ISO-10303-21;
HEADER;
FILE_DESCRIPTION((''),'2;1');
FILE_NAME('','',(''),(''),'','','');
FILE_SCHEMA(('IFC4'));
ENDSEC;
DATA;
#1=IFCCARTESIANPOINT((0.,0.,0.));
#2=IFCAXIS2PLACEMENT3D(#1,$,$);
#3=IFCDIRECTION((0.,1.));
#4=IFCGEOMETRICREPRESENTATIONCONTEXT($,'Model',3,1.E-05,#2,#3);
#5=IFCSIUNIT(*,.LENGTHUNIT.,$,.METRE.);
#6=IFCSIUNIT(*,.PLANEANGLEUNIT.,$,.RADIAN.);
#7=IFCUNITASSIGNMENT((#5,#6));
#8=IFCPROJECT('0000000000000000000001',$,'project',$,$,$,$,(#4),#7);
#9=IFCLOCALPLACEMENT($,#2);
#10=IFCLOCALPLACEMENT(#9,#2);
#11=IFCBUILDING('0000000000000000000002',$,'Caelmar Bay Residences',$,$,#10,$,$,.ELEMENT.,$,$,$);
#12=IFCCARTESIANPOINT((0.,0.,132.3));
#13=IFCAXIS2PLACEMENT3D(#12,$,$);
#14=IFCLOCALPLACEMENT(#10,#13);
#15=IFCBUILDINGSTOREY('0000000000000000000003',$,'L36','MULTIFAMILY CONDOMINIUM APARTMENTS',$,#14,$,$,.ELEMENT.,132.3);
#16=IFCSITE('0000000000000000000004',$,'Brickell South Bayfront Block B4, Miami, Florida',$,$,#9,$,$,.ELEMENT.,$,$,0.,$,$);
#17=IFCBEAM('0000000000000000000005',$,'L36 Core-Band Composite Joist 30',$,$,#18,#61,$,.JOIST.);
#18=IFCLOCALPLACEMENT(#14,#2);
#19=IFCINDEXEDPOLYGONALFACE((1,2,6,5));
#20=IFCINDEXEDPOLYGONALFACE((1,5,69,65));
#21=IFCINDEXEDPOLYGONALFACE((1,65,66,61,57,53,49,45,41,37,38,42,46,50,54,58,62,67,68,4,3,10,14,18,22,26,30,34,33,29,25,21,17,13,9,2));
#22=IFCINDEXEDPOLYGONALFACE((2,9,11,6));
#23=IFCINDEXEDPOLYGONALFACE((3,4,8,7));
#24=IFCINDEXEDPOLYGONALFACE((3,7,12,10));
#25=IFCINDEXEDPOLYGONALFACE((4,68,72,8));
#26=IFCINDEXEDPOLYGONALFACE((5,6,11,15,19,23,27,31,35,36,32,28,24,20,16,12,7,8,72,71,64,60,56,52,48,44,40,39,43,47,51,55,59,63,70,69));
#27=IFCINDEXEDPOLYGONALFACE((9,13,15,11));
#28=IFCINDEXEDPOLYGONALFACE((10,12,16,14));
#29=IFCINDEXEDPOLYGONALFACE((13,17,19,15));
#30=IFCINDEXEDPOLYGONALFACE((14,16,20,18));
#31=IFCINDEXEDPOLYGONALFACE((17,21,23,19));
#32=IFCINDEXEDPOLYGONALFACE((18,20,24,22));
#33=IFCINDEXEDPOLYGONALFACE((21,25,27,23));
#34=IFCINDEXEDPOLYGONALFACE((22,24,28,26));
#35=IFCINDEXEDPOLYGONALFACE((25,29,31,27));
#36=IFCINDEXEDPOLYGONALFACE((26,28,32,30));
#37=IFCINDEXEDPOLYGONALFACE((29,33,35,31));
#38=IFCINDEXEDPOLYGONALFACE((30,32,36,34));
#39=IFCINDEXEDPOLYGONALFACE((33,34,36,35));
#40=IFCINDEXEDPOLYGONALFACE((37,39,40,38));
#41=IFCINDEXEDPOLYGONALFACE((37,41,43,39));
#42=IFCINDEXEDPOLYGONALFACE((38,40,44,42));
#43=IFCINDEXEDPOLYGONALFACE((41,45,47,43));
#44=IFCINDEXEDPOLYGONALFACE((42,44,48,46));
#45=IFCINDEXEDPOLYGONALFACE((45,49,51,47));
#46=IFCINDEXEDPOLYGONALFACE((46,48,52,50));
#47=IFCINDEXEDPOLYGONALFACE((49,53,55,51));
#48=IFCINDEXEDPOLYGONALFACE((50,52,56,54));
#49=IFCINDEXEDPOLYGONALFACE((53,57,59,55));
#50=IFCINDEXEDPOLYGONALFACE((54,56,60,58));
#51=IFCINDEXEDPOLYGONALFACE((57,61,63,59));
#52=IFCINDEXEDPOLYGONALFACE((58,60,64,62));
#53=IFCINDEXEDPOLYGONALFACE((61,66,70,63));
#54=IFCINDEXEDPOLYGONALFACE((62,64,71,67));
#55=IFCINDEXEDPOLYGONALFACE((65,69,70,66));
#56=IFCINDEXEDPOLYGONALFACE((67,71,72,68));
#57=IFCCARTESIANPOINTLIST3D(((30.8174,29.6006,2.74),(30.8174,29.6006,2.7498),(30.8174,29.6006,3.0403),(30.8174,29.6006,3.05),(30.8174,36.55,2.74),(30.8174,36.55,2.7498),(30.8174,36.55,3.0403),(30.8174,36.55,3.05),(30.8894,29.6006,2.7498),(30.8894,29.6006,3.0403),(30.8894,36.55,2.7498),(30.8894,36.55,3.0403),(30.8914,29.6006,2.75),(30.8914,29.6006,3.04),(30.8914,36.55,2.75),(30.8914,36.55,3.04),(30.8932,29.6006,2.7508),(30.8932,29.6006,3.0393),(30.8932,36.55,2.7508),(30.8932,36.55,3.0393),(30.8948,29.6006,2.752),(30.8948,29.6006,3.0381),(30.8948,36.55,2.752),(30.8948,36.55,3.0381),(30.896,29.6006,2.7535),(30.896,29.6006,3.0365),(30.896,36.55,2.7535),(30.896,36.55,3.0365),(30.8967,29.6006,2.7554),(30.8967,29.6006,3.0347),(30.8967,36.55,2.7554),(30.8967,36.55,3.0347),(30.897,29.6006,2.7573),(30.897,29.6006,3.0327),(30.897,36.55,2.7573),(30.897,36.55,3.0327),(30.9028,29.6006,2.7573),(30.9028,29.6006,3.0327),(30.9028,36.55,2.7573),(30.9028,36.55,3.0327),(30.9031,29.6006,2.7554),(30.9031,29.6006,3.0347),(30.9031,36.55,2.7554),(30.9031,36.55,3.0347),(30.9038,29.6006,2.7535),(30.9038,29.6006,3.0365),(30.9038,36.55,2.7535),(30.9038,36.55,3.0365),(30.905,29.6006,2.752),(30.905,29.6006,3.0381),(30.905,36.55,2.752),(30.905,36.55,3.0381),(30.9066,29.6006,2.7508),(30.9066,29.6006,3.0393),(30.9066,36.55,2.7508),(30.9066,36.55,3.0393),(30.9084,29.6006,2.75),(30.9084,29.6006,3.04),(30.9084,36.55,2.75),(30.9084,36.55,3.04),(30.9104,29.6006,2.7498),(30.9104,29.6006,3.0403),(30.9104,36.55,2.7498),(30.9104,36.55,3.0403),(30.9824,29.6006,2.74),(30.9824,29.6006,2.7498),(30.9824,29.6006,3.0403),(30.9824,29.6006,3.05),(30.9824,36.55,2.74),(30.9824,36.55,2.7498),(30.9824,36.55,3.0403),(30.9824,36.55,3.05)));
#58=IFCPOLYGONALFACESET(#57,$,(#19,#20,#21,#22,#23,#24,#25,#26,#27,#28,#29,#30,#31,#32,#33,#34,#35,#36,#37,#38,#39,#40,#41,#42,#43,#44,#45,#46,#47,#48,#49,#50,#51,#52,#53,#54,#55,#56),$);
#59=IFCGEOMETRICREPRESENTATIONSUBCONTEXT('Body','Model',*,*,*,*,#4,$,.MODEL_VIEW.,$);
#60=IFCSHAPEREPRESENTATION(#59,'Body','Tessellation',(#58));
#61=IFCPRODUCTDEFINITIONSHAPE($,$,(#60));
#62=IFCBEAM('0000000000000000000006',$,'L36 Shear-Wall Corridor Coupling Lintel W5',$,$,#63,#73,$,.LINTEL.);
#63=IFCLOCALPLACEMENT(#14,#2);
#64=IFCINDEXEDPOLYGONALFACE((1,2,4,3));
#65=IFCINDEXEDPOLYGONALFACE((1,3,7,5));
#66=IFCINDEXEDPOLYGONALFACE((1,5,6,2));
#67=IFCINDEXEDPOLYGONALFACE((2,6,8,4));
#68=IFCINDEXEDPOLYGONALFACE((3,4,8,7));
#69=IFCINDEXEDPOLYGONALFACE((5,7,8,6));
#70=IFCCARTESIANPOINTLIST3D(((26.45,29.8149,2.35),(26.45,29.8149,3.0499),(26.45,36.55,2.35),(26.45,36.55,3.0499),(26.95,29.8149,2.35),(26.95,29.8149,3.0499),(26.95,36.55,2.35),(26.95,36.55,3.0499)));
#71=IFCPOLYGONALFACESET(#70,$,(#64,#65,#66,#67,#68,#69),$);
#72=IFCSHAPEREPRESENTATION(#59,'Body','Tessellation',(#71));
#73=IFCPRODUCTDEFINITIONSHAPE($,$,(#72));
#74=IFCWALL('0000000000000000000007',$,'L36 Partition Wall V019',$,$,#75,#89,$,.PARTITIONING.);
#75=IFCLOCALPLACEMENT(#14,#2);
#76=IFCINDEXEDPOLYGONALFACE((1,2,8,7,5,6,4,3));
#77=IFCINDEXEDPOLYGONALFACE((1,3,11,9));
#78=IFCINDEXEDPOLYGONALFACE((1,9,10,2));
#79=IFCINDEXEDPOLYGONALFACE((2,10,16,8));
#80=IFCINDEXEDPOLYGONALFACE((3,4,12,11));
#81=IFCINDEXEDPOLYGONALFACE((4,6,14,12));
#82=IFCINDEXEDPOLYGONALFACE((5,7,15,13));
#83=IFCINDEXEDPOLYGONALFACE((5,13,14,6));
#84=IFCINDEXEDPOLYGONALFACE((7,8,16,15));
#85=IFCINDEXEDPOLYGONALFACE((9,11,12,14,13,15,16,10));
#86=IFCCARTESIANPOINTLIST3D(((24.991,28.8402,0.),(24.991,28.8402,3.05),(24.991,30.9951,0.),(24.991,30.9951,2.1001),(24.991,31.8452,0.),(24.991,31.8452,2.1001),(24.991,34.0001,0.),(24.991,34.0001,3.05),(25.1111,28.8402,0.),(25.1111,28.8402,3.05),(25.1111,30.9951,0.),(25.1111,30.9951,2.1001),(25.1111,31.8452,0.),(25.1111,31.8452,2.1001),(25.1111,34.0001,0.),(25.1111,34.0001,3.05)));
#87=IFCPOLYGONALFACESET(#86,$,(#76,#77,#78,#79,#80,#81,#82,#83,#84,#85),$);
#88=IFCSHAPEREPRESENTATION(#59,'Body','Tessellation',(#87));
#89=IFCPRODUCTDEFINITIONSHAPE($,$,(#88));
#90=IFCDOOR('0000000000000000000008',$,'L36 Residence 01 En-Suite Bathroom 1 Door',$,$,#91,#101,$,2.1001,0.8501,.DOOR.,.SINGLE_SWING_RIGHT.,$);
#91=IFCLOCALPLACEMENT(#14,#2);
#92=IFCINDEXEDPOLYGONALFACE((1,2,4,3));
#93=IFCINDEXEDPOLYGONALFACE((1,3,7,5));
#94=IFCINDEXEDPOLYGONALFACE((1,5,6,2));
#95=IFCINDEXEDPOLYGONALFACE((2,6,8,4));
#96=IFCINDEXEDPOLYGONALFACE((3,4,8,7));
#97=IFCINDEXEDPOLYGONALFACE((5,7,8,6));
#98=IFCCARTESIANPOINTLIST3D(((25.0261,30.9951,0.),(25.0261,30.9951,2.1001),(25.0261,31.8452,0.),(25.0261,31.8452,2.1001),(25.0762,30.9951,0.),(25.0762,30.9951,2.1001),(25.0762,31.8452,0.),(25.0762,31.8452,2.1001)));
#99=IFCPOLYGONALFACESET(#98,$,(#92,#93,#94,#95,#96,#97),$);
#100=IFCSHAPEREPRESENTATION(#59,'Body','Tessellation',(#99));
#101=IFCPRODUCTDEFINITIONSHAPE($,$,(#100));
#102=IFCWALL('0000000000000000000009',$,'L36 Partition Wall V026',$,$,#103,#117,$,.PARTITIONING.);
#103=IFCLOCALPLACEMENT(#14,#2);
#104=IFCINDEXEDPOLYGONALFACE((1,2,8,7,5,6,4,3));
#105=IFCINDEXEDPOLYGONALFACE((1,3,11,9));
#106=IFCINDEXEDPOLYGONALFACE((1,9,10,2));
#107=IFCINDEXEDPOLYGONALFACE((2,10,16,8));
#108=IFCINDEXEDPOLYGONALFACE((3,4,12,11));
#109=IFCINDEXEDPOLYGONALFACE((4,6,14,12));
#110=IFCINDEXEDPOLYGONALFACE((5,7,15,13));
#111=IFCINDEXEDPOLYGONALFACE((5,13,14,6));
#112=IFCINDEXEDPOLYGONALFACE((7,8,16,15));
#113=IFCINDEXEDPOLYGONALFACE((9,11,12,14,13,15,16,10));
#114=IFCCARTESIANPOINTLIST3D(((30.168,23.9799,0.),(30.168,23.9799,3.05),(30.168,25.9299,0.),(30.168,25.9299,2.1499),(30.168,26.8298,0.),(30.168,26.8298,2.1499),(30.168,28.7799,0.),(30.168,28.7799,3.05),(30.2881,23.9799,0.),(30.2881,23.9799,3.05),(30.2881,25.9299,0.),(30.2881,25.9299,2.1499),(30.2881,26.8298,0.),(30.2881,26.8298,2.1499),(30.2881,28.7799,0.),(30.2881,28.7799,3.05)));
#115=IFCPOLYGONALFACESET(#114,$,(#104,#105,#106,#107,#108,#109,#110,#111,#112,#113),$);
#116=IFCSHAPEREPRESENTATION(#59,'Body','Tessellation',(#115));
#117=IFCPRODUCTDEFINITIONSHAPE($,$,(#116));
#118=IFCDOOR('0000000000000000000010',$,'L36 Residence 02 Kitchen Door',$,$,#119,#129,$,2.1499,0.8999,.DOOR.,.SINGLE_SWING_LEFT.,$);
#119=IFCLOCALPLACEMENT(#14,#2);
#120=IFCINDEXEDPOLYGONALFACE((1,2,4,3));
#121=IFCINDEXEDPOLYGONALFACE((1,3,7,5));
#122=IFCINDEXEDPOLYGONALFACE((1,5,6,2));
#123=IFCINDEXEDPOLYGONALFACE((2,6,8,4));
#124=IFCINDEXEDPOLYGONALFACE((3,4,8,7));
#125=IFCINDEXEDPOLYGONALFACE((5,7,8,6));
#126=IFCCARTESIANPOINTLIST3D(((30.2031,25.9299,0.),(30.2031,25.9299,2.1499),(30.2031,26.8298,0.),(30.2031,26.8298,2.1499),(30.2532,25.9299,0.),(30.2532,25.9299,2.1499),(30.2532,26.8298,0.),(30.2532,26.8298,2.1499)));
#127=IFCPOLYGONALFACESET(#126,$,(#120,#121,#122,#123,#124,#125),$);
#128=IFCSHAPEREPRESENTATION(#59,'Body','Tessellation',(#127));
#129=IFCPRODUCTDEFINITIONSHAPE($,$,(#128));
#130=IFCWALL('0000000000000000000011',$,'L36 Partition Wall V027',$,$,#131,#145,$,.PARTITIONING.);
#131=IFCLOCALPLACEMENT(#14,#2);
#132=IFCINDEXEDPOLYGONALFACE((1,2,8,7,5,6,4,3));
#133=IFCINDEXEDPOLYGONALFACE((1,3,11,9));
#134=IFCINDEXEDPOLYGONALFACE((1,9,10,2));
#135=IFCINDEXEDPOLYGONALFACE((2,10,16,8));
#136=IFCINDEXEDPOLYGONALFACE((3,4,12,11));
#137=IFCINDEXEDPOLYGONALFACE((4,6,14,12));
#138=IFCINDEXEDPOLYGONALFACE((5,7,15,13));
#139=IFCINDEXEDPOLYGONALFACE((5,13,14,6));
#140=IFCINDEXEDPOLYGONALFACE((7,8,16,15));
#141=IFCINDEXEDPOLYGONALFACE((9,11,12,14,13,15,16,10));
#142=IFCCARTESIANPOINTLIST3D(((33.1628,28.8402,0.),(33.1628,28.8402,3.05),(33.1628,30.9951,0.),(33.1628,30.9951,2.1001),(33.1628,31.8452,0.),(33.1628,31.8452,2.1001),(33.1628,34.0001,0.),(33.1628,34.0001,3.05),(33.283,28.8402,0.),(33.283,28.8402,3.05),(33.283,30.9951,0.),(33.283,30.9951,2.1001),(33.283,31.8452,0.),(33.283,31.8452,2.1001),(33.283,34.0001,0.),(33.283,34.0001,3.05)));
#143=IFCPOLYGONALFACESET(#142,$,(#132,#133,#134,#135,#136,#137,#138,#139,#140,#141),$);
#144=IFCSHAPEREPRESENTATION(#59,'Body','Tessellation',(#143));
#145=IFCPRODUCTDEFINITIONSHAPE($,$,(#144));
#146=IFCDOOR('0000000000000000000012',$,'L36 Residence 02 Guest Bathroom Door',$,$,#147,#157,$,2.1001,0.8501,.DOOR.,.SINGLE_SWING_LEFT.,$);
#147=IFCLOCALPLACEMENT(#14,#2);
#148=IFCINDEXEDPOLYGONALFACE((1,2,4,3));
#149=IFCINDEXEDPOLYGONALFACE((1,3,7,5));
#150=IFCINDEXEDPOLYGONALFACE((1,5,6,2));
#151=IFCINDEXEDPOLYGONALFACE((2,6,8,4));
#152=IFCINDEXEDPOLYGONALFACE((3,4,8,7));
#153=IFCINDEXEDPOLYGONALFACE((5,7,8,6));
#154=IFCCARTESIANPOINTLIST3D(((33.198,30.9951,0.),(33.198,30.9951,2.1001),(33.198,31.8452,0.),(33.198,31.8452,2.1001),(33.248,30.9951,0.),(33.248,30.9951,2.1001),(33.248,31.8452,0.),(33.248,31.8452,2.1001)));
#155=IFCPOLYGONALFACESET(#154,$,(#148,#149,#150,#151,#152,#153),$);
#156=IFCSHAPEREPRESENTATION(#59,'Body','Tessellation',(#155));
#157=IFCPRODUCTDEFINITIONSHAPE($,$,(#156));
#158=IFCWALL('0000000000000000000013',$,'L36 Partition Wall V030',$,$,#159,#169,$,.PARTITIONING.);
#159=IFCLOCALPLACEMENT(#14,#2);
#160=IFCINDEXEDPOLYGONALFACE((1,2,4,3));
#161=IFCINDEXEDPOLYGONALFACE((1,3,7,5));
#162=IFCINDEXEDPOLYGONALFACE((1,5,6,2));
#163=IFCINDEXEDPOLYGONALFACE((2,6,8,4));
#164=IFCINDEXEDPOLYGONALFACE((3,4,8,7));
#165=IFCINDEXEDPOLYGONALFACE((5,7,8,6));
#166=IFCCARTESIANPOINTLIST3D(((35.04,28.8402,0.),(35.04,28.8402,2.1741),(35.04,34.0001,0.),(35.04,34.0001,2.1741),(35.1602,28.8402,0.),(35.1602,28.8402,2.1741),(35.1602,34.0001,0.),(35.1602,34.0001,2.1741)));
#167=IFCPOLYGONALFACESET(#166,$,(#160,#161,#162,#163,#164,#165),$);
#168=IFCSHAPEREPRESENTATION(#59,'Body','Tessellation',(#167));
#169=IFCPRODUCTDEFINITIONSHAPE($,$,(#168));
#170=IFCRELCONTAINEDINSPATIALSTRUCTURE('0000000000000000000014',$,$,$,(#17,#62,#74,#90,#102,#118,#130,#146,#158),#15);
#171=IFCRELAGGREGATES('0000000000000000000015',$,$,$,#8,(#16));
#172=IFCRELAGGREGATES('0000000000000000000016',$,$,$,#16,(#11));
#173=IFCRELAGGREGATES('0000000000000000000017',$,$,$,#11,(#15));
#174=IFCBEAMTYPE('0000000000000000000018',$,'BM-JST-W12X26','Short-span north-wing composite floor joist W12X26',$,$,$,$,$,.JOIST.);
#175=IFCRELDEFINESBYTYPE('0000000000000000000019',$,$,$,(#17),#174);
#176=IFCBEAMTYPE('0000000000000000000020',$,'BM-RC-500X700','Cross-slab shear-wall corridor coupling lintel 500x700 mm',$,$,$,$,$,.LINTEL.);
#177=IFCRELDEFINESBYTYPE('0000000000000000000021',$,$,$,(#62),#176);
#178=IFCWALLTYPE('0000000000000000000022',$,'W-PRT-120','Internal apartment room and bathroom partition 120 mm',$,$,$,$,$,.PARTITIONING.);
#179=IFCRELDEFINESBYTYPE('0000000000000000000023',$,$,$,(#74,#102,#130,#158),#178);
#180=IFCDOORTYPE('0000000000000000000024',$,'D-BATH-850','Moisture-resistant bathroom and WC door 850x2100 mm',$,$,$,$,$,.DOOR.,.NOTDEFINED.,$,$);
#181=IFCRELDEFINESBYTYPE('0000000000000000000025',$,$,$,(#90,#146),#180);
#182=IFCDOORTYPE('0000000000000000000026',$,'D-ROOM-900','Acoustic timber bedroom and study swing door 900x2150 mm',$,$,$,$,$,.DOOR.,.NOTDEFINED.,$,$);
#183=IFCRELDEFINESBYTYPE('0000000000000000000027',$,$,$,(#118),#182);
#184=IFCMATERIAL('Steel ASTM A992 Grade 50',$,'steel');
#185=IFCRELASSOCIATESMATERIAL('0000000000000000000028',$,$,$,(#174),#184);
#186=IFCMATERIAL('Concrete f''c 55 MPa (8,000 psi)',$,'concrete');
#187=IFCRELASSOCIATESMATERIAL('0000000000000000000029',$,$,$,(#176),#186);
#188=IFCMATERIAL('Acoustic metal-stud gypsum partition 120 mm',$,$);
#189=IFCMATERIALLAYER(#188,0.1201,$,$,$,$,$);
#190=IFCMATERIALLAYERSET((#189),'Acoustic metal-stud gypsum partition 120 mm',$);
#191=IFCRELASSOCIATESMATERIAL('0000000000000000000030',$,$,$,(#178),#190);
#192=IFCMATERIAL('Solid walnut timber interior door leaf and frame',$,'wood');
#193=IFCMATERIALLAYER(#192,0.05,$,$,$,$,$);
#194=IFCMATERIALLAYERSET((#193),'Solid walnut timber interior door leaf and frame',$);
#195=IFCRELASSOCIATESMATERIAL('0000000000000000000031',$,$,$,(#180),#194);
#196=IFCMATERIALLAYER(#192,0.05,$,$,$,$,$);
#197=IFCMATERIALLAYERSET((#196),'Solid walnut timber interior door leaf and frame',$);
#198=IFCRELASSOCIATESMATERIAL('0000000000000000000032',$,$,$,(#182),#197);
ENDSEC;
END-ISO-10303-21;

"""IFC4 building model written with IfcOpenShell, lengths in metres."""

from ifc_helpers import new_model, si_unit, direction, frame, frame_2d, origin, origin_2d, place, context, subcontext, project, spatial, rectangle, i_section, extrude, material, layer, layer_set, material_profile, profile_set, type_object, element, fill, save


model = new_model("IFC4")

# Units and contexts
model_context = context("Model", 3, precision=1e-05, world=origin(), true_north=direction((0.0, 1.0)))
body_context = subcontext(model_context, "Body", "Model", "MODEL_VIEW")
ifc_project = project(units=[si_unit("LENGTHUNIT", "METRE"), si_unit("PLANEANGLEUNIT", "RADIAN")], contexts=[model_context])

# Site, building, storey
site_placement = place(None, origin())
site = spatial("IfcSite", under=ifc_project, at=site_placement, Name="Brickell South Bayfront Block B4, Miami, Florida", CompositionType="ELEMENT", RefElevation=0.0)
building_placement = place(site_placement, origin())
building = spatial("IfcBuilding", under=site, at=building_placement, Name="Caelmar Bay Residences", CompositionType="ELEMENT")
storey_placement = place(building_placement, frame((0.0, 0.0, 132.3)))
storey = spatial("IfcBuildingStorey", under=building, at=storey_placement, Name="L36", Description="MULTIFAMILY CONDOMINIUM APARTMENTS", CompositionType="ELEMENT", Elevation=132.3)

# Beams
ifc_material_1 = material(Name="Steel ASTM A992 Grade 50", Category="steel")
ifc_material_profile_1 = material_profile(ifc_material_1, i_section(OverallWidth=0.165, OverallDepth=0.3101, WebThickness=0.0059, FlangeThickness=0.0098, FilletRadius=0.0076, at=origin_2d()), Name="W12X26")
ifc_profile_set_1 = profile_set([ifc_material_profile_1], Name="Steel ASTM A992 Grade 50")
beam_type_1 = type_object("IfcBeamType", Name="BM-JST-W12X26", Description="Short-span north-wing composite floor joist W12X26", PredefinedType="JOIST", material=ifc_profile_set_1)
beam_1_placement = place(storey_placement, frame((30.8999, 29.6006, 2.895), z_axis=(0.0, 1.0, 0.0), x_axis=(-1.0, 0.0, 0.0)))
element("IfcBeam", 1, at=beam_1_placement, inside=storey, type_object=beam_type_1, Name="L36 Core-Band Composite Joist 30", PredefinedType="JOIST", context=body_context, shape_type="SweptSolid", body=[
    extrude(i_section(OverallWidth=0.165, OverallDepth=0.3101, WebThickness=0.0059, FlangeThickness=0.0098, FilletRadius=0.0076, at=origin_2d()), origin(), (0.0, 0.0, 1.0), 6.9495),
])
ifc_material_2 = material(Name="Concrete f'c 55 MPa (8,000 psi)", Category="concrete")
ifc_material_profile_2 = material_profile(ifc_material_2, rectangle(XDim=0.5, YDim=0.7, at=origin_2d()), Name="RC-BM-500X700")
ifc_profile_set_2 = profile_set([ifc_material_profile_2], Name="Concrete f'c 55 MPa (8,000 psi)")
beam_type_2 = type_object("IfcBeamType", Name="BM-RC-500X700", Description="Cross-slab shear-wall corridor coupling lintel 500x700 mm", PredefinedType="LINTEL", material=ifc_profile_set_2)
beam_2_placement = place(storey_placement, frame((26.7, 29.8149, 2.7), z_axis=(0.0, 1.0, 0.0), x_axis=(-1.0, 0.0, 0.0)))
element("IfcBeam", 2, at=beam_2_placement, inside=storey, type_object=beam_type_2, Name="L36 Shear-Wall Corridor Coupling Lintel W5", PredefinedType="LINTEL", context=body_context, shape_type="SweptSolid", body=[
    extrude(rectangle(XDim=0.5, YDim=0.7, at=origin_2d()), origin(), (0.0, 0.0, 1.0), 6.7351),
])

# Walls, openings, doors
ifc_material_3 = material(Name="Acoustic metal-stud gypsum partition 120 mm")
ifc_layer_1 = layer(ifc_material_3, 0.1201)
ifc_layer_set_1 = layer_set([ifc_layer_1], Name="Acoustic metal-stud gypsum partition 120 mm")
wall_type_1 = type_object("IfcWallType", Name="W-PRT-120", Description="Internal apartment room and bathroom partition 120 mm", PredefinedType="PARTITIONING", material=ifc_layer_set_1)
wall_1_placement = place(storey_placement, frame((25.051, 28.8401, 0.0), z_axis=(0.0, 0.0, 1.0), x_axis=(0.0, 1.0, 0.0)))
wall_1 = element("IfcWall", 3, at=wall_1_placement, inside=storey, type_object=wall_type_1, Name="L36 Partition Wall V019", PredefinedType="PARTITIONING", context=body_context, shape_type="SweptSolid", body=[
    extrude(rectangle(XDim=5.1599, YDim=0.1201, at=frame_2d((2.5801, 0.0))), origin(), (0.0, 0.0, 1.0), 3.05),
])
opening_1_placement = place(wall_1_placement, frame((2.155, 0.0, 0.0)))
opening_1 = element("IfcOpeningElement", 4, at=opening_1_placement, cuts=wall_1, PredefinedType="OPENING", context=body_context, shape_type="SweptSolid", body=[
    extrude(rectangle(XDim=0.8501, YDim=2.1001, at=frame_2d((0.425, 1.05))), frame((0.0, 0.0701, 0.0), z_axis=(0.0, -1.0, 0.0), x_axis=(1.0, 0.0, 0.0)), (0.0, 0.0, 1.0), 0.1401),
])
ifc_material_4 = material(Name="Solid walnut timber interior door leaf and frame", Category="wood")
ifc_layer_2 = layer(ifc_material_4, 0.05)
ifc_layer_set_2 = layer_set([ifc_layer_2], Name="Solid walnut timber interior door leaf and frame")
door_type_1 = type_object("IfcDoorType", Name="D-BATH-850", Description="Moisture-resistant bathroom and WC door 850x2100 mm", OperationType="NOTDEFINED", PredefinedType="DOOR", material=ifc_layer_set_2)
door_1_placement = place(opening_1_placement, origin())
door_1 = element("IfcDoor", 5, at=door_1_placement, inside=storey, type_object=door_type_1, Name="L36 Residence 01 En-Suite Bathroom 1 Door", OperationType="SINGLE_SWING_RIGHT", OverallHeight=2.1001, OverallWidth=0.8501, PredefinedType="DOOR", context=body_context, shape_type="SweptSolid", body=[
    extrude(rectangle(XDim=0.8501, YDim=2.1001, at=frame_2d((0.425, 1.05))), frame((0.0, 0.0249, 0.0), z_axis=(0.0, -1.0, 0.0), x_axis=(1.0, 0.0, 0.0)), (0.0, 0.0, 1.0), 0.05),
])
fill(opening_1, door_1)
wall_2_placement = place(storey_placement, frame((30.228, 23.98, 0.0), z_axis=(0.0, 0.0, 1.0), x_axis=(0.0, 1.0, 0.0)))
wall_2 = element("IfcWall", 6, at=wall_2_placement, inside=storey, type_object=wall_type_1, Name="L36 Partition Wall V026", PredefinedType="PARTITIONING", context=body_context, shape_type="SweptSolid", body=[
    extrude(rectangle(XDim=4.8, YDim=0.1201, at=frame_2d((2.3999, 0.0))), origin(), (0.0, 0.0, 1.0), 3.05),
])
opening_2_placement = place(wall_2_placement, frame((1.95, 0.0, 0.0)))
opening_2 = element("IfcOpeningElement", 7, at=opening_2_placement, cuts=wall_2, PredefinedType="OPENING", context=body_context, shape_type="SweptSolid", body=[
    extrude(rectangle(XDim=0.8999, YDim=2.1499, at=frame_2d((0.45, 1.075))), frame((0.0, 0.0701, 0.0), z_axis=(0.0, -1.0, 0.0), x_axis=(1.0, 0.0, 0.0)), (0.0, 0.0, 1.0), 0.1401),
])
ifc_layer_3 = layer(ifc_material_4, 0.05)
ifc_layer_set_3 = layer_set([ifc_layer_3], Name="Solid walnut timber interior door leaf and frame")
door_type_2 = type_object("IfcDoorType", Name="D-ROOM-900", Description="Acoustic timber bedroom and study swing door 900x2150 mm", OperationType="NOTDEFINED", PredefinedType="DOOR", material=ifc_layer_set_3)
door_2_placement = place(opening_2_placement, origin())
door_2 = element("IfcDoor", 8, at=door_2_placement, inside=storey, type_object=door_type_2, Name="L36 Residence 02 Kitchen Door", OperationType="SINGLE_SWING_LEFT", OverallHeight=2.1499, OverallWidth=0.8999, PredefinedType="DOOR", context=body_context, shape_type="SweptSolid", body=[
    extrude(rectangle(XDim=0.8999, YDim=2.1499, at=frame_2d((0.45, 1.075))), frame((0.0, 0.0249, 0.0), z_axis=(0.0, -1.0, 0.0), x_axis=(1.0, 0.0, 0.0)), (0.0, 0.0, 1.0), 0.05),
])
fill(opening_2, door_2)
wall_3_placement = place(storey_placement, frame((33.2229, 28.8401, 0.0), z_axis=(0.0, 0.0, 1.0), x_axis=(0.0, 1.0, 0.0)))
wall_3 = element("IfcWall", 9, at=wall_3_placement, inside=storey, type_object=wall_type_1, Name="L36 Partition Wall V027", PredefinedType="PARTITIONING", context=body_context, shape_type="SweptSolid", body=[
    extrude(rectangle(XDim=5.1599, YDim=0.1201, at=frame_2d((2.5801, 0.0))), origin(), (0.0, 0.0, 1.0), 3.05),
])
opening_3_placement = place(wall_3_placement, frame((2.155, 0.0, 0.0)))
opening_3 = element("IfcOpeningElement", 10, at=opening_3_placement, cuts=wall_3, PredefinedType="OPENING", context=body_context, shape_type="SweptSolid", body=[
    extrude(rectangle(XDim=0.8501, YDim=2.1001, at=frame_2d((0.425, 1.05))), frame((0.0, 0.0701, 0.0), z_axis=(0.0, -1.0, 0.0), x_axis=(1.0, 0.0, 0.0)), (0.0, 0.0, 1.0), 0.1401),
])
door_3_placement = place(opening_3_placement, origin())
door_3 = element("IfcDoor", 11, at=door_3_placement, inside=storey, type_object=door_type_1, Name="L36 Residence 02 Guest Bathroom Door", OperationType="SINGLE_SWING_LEFT", OverallHeight=2.1001, OverallWidth=0.8501, PredefinedType="DOOR", context=body_context, shape_type="SweptSolid", body=[
    extrude(rectangle(XDim=0.8501, YDim=2.1001, at=frame_2d((0.425, 1.05))), frame((0.0, 0.0249, 0.0), z_axis=(0.0, -1.0, 0.0), x_axis=(1.0, 0.0, 0.0)), (0.0, 0.0, 1.0), 0.05),
])
fill(opening_3, door_3)

# Wall
wall_4_placement = place(storey_placement, frame((35.1001, 28.8401, 0.0), z_axis=(0.0, 0.0, 1.0), x_axis=(0.0, 1.0, 0.0)))
element("IfcWall", 12, at=wall_4_placement, inside=storey, type_object=wall_type_1, Name="L36 Partition Wall V030", PredefinedType="PARTITIONING", context=body_context, shape_type="SweptSolid", body=[
    extrude(rectangle(XDim=5.1599, YDim=0.1201, at=frame_2d((2.5801, 0.0))), origin(), (0.0, 0.0, 1.0), 2.1741),
])

save(model, "model.ifc")
